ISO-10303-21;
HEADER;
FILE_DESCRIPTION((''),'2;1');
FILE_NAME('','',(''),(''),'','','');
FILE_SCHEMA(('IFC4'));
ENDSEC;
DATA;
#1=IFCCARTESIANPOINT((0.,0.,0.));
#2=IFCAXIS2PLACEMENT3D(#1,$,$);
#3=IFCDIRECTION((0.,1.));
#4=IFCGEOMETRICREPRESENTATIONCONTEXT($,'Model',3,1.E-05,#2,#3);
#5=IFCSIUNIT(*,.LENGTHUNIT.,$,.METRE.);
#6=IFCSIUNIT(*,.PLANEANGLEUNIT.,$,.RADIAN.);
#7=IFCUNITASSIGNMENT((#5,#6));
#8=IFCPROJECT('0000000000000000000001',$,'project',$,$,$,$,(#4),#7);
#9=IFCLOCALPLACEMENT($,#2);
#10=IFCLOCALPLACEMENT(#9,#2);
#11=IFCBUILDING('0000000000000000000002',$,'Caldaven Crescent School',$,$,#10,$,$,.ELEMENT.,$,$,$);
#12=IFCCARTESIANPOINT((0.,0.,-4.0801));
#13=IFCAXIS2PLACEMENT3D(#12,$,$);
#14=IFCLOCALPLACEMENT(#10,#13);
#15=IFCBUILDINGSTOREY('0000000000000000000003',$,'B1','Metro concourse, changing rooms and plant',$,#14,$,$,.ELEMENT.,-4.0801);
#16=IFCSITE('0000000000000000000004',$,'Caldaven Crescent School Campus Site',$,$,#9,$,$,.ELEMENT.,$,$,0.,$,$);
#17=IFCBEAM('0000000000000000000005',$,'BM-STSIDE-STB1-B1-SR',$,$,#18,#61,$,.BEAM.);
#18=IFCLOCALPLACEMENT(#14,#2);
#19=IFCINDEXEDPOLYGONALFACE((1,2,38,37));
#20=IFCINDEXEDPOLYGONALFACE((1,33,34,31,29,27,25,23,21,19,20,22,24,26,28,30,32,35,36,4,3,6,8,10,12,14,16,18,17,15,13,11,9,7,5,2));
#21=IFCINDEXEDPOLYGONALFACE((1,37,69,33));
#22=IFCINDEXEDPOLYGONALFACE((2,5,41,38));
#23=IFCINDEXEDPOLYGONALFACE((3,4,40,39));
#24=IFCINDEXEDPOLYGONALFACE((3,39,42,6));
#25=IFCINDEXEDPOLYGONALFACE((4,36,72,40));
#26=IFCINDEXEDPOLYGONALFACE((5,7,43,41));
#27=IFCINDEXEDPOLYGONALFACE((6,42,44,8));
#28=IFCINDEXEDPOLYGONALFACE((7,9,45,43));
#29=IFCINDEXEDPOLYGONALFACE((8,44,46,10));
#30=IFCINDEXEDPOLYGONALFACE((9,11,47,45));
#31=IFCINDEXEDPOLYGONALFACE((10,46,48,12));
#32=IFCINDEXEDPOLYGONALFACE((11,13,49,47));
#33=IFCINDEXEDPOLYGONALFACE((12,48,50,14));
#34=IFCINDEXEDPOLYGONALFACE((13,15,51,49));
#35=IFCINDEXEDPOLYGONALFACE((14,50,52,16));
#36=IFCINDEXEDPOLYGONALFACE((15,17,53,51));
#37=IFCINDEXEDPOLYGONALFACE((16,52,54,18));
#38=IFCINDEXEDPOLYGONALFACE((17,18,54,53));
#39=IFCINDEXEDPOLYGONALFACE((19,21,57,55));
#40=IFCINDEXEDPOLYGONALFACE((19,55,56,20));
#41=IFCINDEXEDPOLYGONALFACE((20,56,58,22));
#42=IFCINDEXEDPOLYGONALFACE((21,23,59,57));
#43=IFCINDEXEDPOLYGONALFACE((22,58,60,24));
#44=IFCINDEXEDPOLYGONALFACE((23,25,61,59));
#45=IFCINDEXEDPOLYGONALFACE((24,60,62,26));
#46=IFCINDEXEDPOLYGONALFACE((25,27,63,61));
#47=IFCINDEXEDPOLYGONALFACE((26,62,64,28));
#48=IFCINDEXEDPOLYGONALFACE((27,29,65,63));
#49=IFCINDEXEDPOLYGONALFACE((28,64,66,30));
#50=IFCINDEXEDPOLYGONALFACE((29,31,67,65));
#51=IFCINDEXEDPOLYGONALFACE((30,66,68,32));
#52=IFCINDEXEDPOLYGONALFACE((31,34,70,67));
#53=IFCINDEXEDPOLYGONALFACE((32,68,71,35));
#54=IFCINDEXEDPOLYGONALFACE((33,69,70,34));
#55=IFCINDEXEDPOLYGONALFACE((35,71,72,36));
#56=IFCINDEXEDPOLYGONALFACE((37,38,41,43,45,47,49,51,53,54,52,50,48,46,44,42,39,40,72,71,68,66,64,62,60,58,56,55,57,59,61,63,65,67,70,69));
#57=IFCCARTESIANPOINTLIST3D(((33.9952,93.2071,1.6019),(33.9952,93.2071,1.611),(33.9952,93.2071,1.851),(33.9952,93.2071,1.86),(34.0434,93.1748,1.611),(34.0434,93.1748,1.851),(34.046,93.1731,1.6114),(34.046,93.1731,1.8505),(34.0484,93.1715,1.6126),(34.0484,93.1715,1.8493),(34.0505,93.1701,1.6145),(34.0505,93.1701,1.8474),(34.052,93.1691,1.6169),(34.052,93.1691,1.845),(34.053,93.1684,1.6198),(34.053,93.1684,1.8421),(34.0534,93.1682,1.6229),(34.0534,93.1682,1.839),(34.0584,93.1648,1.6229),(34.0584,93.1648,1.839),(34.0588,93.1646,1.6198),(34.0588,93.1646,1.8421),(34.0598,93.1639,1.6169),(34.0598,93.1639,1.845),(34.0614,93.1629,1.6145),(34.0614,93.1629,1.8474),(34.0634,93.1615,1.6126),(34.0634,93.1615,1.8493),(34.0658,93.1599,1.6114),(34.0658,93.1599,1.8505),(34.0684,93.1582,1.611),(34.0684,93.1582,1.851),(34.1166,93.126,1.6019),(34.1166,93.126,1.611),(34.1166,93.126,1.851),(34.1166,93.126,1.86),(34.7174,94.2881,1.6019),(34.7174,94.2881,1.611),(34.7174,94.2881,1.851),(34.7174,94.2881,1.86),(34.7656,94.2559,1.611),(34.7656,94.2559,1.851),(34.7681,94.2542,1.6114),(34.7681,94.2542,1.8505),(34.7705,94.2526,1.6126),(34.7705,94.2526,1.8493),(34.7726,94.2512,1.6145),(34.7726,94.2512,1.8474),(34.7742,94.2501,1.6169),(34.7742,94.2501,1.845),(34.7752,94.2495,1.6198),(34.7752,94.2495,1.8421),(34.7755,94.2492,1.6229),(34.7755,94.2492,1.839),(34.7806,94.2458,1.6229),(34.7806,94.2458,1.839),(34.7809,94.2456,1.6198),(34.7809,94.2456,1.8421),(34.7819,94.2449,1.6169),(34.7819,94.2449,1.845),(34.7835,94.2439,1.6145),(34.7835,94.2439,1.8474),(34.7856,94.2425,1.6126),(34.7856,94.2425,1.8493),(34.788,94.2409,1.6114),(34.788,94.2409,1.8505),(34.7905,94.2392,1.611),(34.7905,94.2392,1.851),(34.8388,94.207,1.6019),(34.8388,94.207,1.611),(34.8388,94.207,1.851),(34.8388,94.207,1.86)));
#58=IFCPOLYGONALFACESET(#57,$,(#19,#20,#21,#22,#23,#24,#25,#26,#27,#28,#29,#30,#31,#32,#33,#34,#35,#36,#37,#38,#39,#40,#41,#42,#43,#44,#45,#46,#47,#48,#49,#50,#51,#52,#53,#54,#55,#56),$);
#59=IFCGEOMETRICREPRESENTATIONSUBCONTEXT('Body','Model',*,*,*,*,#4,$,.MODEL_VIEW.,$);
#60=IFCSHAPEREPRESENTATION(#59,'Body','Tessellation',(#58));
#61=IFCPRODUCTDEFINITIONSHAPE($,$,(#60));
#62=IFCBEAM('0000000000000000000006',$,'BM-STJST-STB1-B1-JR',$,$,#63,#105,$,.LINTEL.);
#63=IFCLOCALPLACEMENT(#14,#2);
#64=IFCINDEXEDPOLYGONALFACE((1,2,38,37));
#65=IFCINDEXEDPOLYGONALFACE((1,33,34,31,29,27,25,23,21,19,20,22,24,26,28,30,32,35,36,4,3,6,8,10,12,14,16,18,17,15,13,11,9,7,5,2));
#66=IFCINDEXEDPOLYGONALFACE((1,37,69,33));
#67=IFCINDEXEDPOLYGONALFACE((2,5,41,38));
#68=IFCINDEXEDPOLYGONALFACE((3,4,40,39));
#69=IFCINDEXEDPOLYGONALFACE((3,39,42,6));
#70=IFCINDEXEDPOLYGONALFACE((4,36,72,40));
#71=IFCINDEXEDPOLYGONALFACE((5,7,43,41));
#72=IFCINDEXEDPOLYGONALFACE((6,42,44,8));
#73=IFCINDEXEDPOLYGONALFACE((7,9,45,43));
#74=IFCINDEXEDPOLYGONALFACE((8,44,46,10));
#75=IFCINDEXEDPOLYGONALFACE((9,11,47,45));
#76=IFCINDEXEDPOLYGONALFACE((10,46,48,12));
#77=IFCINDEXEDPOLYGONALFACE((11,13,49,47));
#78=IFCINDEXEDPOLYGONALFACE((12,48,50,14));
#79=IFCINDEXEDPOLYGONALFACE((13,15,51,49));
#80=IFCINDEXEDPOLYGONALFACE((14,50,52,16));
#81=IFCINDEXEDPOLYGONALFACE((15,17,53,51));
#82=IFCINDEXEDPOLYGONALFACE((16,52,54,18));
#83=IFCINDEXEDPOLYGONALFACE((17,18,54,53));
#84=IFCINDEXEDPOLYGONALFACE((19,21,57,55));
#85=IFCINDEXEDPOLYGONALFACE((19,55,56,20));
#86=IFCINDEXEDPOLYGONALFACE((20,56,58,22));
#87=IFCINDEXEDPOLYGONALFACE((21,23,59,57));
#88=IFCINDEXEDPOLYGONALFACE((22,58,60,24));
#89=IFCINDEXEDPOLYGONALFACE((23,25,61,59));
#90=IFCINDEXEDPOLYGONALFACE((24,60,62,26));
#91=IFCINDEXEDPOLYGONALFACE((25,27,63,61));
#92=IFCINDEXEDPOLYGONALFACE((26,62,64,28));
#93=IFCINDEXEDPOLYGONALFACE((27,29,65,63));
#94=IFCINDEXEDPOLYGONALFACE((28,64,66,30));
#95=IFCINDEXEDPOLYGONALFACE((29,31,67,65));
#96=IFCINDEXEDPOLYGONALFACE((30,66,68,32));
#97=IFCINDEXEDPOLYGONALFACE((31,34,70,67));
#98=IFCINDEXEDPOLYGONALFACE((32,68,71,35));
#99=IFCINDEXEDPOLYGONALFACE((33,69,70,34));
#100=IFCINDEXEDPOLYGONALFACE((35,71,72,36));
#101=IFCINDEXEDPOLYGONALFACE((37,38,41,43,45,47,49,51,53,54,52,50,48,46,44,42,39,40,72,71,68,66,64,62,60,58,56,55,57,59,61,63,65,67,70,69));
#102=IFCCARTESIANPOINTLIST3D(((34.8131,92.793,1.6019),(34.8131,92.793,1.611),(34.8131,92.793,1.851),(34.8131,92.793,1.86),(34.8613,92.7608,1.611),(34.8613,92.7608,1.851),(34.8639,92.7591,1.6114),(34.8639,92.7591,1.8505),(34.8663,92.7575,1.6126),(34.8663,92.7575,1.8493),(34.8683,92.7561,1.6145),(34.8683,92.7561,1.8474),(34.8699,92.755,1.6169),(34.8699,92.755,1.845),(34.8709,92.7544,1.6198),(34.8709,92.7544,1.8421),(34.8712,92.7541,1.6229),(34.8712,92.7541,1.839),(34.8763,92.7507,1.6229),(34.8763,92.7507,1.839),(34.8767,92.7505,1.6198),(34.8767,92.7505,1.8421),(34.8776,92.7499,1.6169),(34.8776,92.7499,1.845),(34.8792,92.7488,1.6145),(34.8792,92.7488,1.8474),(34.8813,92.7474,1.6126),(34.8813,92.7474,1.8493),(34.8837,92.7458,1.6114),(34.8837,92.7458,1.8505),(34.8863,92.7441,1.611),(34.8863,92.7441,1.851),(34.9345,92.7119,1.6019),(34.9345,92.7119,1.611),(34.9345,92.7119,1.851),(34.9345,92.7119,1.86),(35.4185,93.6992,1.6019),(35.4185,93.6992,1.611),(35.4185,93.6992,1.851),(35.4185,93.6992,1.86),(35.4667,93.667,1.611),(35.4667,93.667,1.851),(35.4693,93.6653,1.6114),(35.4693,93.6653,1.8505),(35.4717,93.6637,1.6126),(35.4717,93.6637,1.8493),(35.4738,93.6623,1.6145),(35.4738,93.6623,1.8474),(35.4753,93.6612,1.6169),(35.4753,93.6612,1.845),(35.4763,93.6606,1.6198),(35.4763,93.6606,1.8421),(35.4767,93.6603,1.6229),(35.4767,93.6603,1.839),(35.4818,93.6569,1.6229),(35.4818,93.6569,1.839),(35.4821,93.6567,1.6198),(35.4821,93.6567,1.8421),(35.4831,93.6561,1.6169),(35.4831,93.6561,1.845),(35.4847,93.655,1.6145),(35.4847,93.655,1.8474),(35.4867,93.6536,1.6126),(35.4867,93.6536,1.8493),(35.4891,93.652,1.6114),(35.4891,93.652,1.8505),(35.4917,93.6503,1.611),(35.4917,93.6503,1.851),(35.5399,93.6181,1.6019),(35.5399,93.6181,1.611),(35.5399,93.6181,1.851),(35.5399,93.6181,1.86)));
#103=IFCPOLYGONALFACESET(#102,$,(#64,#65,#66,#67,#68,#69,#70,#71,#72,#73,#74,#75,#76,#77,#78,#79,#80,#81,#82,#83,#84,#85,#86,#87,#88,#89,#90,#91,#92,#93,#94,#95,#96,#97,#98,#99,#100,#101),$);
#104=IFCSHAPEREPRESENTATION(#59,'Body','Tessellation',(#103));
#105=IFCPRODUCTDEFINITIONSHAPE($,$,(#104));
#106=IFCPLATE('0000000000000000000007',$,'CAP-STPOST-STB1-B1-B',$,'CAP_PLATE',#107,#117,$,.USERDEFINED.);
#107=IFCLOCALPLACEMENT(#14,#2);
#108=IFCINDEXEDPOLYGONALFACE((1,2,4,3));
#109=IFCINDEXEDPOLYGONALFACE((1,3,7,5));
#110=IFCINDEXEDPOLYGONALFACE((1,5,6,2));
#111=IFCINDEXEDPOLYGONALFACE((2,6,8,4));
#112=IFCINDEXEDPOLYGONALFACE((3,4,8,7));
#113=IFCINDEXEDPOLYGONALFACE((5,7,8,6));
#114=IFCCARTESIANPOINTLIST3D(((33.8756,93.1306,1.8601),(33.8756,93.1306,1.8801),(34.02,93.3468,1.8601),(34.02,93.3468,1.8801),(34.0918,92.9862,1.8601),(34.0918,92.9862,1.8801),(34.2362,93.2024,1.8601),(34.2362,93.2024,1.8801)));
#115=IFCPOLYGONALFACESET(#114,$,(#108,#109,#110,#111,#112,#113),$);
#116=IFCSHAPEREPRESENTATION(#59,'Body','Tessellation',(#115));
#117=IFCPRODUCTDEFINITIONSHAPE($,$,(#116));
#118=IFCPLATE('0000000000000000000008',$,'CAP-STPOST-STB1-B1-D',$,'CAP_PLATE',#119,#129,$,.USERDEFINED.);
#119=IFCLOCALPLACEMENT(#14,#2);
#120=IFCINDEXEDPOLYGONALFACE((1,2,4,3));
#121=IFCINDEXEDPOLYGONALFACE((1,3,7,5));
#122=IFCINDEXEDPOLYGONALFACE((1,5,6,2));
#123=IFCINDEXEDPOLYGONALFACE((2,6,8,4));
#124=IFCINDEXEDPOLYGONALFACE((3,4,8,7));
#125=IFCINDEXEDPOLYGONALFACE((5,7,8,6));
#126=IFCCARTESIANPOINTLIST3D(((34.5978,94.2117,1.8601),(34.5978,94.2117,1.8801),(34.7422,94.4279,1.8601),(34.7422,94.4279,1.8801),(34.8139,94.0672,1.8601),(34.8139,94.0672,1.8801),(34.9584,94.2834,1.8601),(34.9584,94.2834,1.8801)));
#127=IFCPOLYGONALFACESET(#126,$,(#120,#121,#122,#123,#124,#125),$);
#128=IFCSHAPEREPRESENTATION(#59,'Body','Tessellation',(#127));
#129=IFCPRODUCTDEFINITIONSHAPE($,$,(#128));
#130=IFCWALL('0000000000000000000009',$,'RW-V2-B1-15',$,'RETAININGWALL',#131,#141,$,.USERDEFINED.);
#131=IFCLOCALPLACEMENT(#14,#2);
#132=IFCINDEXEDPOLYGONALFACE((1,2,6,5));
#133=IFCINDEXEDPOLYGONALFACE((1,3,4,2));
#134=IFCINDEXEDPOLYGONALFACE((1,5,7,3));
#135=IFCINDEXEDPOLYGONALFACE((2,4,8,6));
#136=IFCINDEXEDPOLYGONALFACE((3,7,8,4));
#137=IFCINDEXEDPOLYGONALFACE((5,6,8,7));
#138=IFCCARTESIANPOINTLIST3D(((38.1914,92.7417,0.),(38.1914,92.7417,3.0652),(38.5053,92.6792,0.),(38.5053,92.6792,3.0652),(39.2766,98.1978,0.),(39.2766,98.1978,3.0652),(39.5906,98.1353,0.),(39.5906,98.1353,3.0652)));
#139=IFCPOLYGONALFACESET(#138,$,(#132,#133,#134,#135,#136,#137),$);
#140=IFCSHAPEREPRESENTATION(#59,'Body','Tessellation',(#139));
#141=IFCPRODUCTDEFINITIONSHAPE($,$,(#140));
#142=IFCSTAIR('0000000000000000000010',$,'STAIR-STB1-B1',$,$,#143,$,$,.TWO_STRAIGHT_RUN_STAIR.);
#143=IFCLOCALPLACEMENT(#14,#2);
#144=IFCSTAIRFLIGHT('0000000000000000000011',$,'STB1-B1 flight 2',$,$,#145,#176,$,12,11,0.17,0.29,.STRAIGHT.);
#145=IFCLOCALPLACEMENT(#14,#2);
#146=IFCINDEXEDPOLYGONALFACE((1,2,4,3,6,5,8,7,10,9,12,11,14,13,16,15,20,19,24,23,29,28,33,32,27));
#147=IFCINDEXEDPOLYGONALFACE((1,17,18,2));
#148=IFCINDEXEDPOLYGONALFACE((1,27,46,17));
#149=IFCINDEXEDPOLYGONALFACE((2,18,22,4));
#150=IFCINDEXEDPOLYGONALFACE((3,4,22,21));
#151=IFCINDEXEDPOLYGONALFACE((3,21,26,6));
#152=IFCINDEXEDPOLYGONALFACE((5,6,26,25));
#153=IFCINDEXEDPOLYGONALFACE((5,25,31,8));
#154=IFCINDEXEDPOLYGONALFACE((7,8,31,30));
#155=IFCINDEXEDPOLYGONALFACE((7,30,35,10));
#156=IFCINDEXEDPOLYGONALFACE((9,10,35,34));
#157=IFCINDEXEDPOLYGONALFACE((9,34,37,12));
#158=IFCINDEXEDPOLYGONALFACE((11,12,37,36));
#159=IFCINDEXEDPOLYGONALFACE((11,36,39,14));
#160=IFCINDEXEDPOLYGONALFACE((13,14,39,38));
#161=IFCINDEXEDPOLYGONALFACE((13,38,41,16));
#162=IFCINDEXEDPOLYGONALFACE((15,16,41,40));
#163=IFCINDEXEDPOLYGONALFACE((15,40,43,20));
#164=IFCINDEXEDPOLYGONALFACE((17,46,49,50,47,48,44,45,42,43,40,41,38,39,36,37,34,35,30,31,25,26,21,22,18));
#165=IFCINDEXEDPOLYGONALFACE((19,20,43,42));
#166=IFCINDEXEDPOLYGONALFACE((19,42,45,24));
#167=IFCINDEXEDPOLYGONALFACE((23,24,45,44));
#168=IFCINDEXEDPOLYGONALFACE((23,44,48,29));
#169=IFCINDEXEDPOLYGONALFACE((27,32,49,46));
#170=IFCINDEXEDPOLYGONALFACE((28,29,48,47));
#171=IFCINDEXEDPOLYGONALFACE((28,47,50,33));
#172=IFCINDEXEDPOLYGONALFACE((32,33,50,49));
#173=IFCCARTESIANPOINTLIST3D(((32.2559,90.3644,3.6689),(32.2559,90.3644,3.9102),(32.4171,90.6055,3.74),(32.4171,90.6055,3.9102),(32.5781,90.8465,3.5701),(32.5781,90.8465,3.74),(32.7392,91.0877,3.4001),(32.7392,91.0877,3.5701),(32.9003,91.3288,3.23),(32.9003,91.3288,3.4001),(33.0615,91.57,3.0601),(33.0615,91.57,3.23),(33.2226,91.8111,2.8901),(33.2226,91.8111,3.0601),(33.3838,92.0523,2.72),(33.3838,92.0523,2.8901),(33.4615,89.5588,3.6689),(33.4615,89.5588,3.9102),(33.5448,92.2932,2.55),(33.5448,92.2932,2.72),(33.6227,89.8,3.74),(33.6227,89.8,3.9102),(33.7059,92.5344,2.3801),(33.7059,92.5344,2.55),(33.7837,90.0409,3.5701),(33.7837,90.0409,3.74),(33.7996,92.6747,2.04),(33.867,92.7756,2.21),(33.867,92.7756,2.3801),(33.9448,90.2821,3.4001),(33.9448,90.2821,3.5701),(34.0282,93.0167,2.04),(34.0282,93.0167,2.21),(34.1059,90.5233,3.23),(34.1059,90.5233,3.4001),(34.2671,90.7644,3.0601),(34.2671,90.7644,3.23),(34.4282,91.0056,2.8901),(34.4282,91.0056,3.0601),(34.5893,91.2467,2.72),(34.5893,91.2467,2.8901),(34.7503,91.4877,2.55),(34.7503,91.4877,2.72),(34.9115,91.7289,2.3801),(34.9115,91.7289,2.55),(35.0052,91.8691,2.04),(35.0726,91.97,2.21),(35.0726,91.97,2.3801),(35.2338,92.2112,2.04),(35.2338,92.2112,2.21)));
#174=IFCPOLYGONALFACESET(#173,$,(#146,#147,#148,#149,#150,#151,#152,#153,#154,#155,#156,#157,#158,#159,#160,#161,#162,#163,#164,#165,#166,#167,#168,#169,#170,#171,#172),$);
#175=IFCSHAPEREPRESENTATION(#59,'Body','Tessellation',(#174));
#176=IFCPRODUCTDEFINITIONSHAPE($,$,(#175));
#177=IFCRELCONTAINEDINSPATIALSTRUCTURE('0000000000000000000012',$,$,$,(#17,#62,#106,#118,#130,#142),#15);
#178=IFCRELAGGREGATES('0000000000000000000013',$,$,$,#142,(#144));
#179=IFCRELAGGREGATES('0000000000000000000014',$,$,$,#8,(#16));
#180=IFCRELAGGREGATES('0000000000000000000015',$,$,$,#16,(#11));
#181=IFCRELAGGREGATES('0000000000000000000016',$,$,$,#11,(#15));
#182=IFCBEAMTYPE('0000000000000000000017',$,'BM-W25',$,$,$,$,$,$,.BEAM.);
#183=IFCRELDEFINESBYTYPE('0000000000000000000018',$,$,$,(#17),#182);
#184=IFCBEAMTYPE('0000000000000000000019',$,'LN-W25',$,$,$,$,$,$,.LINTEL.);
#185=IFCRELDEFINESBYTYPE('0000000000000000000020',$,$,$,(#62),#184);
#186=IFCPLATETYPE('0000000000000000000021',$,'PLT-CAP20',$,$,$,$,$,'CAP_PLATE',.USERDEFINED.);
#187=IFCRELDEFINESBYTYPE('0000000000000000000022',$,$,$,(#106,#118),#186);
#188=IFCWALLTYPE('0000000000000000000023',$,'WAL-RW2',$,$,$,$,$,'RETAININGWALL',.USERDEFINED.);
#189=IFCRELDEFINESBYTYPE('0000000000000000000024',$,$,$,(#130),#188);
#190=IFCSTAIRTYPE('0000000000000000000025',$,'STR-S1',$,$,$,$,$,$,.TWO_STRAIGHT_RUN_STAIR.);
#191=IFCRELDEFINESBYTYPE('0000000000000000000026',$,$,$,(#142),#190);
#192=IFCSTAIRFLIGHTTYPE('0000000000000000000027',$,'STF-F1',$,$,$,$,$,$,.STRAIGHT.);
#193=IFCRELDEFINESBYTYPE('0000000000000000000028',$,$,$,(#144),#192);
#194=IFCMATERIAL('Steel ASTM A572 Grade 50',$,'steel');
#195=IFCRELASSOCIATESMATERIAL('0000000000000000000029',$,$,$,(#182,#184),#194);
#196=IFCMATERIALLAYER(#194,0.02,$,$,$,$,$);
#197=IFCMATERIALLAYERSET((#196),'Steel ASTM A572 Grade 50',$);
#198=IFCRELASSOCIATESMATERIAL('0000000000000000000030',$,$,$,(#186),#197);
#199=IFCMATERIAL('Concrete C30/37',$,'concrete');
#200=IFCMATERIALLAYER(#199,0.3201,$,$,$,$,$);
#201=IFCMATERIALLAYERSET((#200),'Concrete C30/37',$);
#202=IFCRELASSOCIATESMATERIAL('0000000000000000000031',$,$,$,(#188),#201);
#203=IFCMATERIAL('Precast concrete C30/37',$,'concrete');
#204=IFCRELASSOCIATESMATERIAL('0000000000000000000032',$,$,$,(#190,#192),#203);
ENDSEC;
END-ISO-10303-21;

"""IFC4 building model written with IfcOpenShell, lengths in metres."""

from ifc_helpers import new_model, si_unit, direction, frame, frame_2d, origin, origin_2d, place, context, subcontext, project, spatial, polyline, rectangle, i_section, outline, extrude, material, layer, layer_set, material_profile, profile_set, type_object, element, aggregate, save


model = new_model("IFC4")

# Units and contexts
model_context = context("Model", 3, precision=1e-05, world=origin(), true_north=direction((0.0, 1.0)))
body_context = subcontext(model_context, "Body", "Model", "MODEL_VIEW")
ifc_project = project(units=[si_unit("LENGTHUNIT", "METRE"), si_unit("PLANEANGLEUNIT", "RADIAN")], contexts=[model_context])

# Site, building, storey
site_placement = place(None, origin())
site = spatial("IfcSite", under=ifc_project, at=site_placement, Name="Caldaven Crescent School Campus Site", CompositionType="ELEMENT", RefElevation=0.0)
building_placement = place(site_placement, origin())
building = spatial("IfcBuilding", under=site, at=building_placement, Name="Caldaven Crescent School", CompositionType="ELEMENT")
storey_placement = place(building_placement, frame((0.0, 0.0, -4.0801)))
storey = spatial("IfcBuildingStorey", under=building, at=storey_placement, Name="B1", Description="Metro concourse, changing rooms and plant", CompositionType="ELEMENT", Elevation=-4.0801)

# Shared definitions
ifc_material_1 = material(Name="Concrete C30/37", Category="concrete")

# Shared definitions
ifc_material_2 = material(Name="Steel ASTM A572 Grade 50", Category="steel")

# Beams
ifc_material_profile_1 = material_profile(ifc_material_2, i_section(OverallWidth=0.146, OverallDepth=0.2581, WebThickness=0.0061, FlangeThickness=0.009, FilletRadius=0.012, at=origin_2d()), Name="W250x33")
ifc_profile_set_1 = profile_set([ifc_material_profile_1], Name="Steel ASTM A572 Grade 50")
beam_type_1 = type_object("IfcBeamType", Name="BM-W25", PredefinedType="BEAM", material=ifc_profile_set_1)
beam_1_placement = place(storey_placement, frame((34.0559, 93.1665, 1.731), z_axis=(0.55548, 0.83153, 0.0), x_axis=(-0.83153, 0.55548, 0.0)))
element("IfcBeam", 1, at=beam_1_placement, inside=storey, type_object=beam_type_1, Name="BM-STSIDE-STB1-B1-SR", PredefinedType="BEAM", context=body_context, shape_type="SweptSolid", body=[
    extrude(i_section(OverallWidth=0.146, OverallDepth=0.2581, WebThickness=0.0061, FlangeThickness=0.009, FilletRadius=0.012, at=origin_2d()), origin(), (0.0, 0.0, 1.0), 1.3),
])
ifc_material_profile_2 = material_profile(ifc_material_2, i_section(OverallWidth=0.146, OverallDepth=0.2581, WebThickness=0.0061, FlangeThickness=0.009, FilletRadius=0.012, at=origin_2d()), Name="W250x33")
ifc_profile_set_2 = profile_set([ifc_material_profile_2], Name="Steel ASTM A572 Grade 50")
beam_type_2 = type_object("IfcBeamType", Name="LN-W25", PredefinedType="LINTEL", material=ifc_profile_set_2)
beam_2_placement = place(storey_placement, frame((34.8738, 92.7524, 1.731), z_axis=(0.555527, 0.831498, 0.0), x_axis=(-0.831498, 0.555527, 0.0)))
element("IfcBeam", 2, at=beam_2_placement, inside=storey, type_object=beam_type_2, Name="BM-STJST-STB1-B1-JR", PredefinedType="LINTEL", context=body_context, shape_type="SweptSolid", body=[
    extrude(i_section(OverallWidth=0.146, OverallDepth=0.2581, WebThickness=0.0061, FlangeThickness=0.009, FilletRadius=0.012, at=origin_2d()), origin(), (0.0, 0.0, 1.0), 1.0898),
])

# Plates
ifc_layer_1 = layer(ifc_material_2, 0.02)
ifc_layer_set_1 = layer_set([ifc_layer_1], Name="Steel ASTM A572 Grade 50")
plate_type = type_object("IfcPlateType", Name="PLT-CAP20", ElementType="CAP_PLATE", PredefinedType="USERDEFINED", material=ifc_layer_set_1)
for number, where, z_axis, x_axis, name in (
    (3, (34.0559, 93.1665, 1.8601), (0.0, 0.0, 1.0), (0.55557, 0.83147, 0.0), "CAP-STPOST-STB1-B1-B"),
    (4, (34.7781, 94.2476, 1.8601), (0.0, 0.0, 1.0), (0.55557, 0.83147, 0.0), "CAP-STPOST-STB1-B1-D"),
):
    element("IfcPlate", number, at=place(storey_placement, frame(where, z_axis=z_axis, x_axis=x_axis)), inside=storey, type_object=plate_type, Name=name, ObjectType="CAP_PLATE", PredefinedType="USERDEFINED", context=body_context, shape_type="SweptSolid", body=[
        extrude(rectangle(XDim=0.26, YDim=0.26, at=origin_2d()), origin(), (0.0, 0.0, 1.0), 0.02),
    ])

# Wall
ifc_layer_2 = layer(ifc_material_1, 0.3201)
ifc_layer_set_2 = layer_set([ifc_layer_2], Name="Concrete C30/37")
wall_type_1 = type_object("IfcWallType", Name="WAL-RW2", ElementType="RETAININGWALL", PredefinedType="USERDEFINED", material=ifc_layer_set_2)
wall_1_placement = place(storey_placement, frame((38.3484, 92.7104, 0.0), z_axis=(0.0, 0.0, 1.0), x_axis=(0.195078, 0.980788, 0.0)))
element("IfcWall", 5, at=wall_1_placement, inside=storey, type_object=wall_type_1, Name="RW-V2-B1-15", ObjectType="RETAININGWALL", PredefinedType="USERDEFINED", context=body_context, shape_type="SweptSolid", body=[
    extrude(rectangle(XDim=5.563, YDim=0.3201, at=frame_2d((2.7815, 0.0))), origin(), (0.0, 0.0, 1.0), 3.0652),
])

# Stair, stair flight
ifc_material_3 = material(Name="Precast concrete C30/37", Category="concrete")
stair_type = type_object("IfcStairType", Name="STR-S1", PredefinedType="TWO_STRAIGHT_RUN_STAIR", material=ifc_material_3)
stair_placement = place(storey_placement, origin())
stair = element("IfcStair", 6, at=stair_placement, inside=storey, type_object=stair_type, Name="STAIR-STB1-B1", PredefinedType="TWO_STRAIGHT_RUN_STAIR")
stair_flight_type = type_object("IfcStairFlightType", Name="STF-F1", PredefinedType="STRAIGHT", material=ifc_material_3)
stair_flight_placement = place(storey_placement, frame((34.6309, 92.614, 2.04), z_axis=(0.0, 0.0, 1.0), x_axis=(-0.55557, -0.83147, 0.0)))
stair_flight = element("IfcStairFlight", 7, at=stair_flight_placement, type_object=stair_flight_type, Name="STB1-B1 flight 2", NumberOfRisers=12, NumberOfTreads=11, PredefinedType="STRAIGHT", RiserHeight=0.17, TreadLength=0.29, context=body_context, shape_type="SweptSolid", body=[
    extrude(outline(polyline([(0.0, 0.0), (0.0, 0.1699), (0.29, 0.1699), (0.29, 0.3401), (0.5801, 0.3401), (0.5801, 0.51), (0.8701, 0.51), (0.8701, 0.6799), (1.1599, 0.6799), (1.1599, 0.8501), (1.45, 0.8501), (1.45, 1.02), (1.74, 1.02), (1.74, 1.1899), (2.03, 1.1899), (2.03, 1.3601), (2.3201, 1.3601), (2.3201, 1.53), (2.6101, 1.53), (2.6101, 1.7), (2.8999, 1.7), (2.8999, 1.8701), (3.1899, 1.8701), (3.1899, 2.04), (3.1899, 1.6289), (0.4114, 0.0), (0.0, 0.0)])), frame((0.0, 0.7251, 0.0), z_axis=(0.0, -1.0, 0.0), x_axis=(1.0, 0.0, 0.0)), (0.0, 0.0, 1.0), 1.45),
])
aggregate(stair, [stair_flight])

save(model, "model.ifc")
